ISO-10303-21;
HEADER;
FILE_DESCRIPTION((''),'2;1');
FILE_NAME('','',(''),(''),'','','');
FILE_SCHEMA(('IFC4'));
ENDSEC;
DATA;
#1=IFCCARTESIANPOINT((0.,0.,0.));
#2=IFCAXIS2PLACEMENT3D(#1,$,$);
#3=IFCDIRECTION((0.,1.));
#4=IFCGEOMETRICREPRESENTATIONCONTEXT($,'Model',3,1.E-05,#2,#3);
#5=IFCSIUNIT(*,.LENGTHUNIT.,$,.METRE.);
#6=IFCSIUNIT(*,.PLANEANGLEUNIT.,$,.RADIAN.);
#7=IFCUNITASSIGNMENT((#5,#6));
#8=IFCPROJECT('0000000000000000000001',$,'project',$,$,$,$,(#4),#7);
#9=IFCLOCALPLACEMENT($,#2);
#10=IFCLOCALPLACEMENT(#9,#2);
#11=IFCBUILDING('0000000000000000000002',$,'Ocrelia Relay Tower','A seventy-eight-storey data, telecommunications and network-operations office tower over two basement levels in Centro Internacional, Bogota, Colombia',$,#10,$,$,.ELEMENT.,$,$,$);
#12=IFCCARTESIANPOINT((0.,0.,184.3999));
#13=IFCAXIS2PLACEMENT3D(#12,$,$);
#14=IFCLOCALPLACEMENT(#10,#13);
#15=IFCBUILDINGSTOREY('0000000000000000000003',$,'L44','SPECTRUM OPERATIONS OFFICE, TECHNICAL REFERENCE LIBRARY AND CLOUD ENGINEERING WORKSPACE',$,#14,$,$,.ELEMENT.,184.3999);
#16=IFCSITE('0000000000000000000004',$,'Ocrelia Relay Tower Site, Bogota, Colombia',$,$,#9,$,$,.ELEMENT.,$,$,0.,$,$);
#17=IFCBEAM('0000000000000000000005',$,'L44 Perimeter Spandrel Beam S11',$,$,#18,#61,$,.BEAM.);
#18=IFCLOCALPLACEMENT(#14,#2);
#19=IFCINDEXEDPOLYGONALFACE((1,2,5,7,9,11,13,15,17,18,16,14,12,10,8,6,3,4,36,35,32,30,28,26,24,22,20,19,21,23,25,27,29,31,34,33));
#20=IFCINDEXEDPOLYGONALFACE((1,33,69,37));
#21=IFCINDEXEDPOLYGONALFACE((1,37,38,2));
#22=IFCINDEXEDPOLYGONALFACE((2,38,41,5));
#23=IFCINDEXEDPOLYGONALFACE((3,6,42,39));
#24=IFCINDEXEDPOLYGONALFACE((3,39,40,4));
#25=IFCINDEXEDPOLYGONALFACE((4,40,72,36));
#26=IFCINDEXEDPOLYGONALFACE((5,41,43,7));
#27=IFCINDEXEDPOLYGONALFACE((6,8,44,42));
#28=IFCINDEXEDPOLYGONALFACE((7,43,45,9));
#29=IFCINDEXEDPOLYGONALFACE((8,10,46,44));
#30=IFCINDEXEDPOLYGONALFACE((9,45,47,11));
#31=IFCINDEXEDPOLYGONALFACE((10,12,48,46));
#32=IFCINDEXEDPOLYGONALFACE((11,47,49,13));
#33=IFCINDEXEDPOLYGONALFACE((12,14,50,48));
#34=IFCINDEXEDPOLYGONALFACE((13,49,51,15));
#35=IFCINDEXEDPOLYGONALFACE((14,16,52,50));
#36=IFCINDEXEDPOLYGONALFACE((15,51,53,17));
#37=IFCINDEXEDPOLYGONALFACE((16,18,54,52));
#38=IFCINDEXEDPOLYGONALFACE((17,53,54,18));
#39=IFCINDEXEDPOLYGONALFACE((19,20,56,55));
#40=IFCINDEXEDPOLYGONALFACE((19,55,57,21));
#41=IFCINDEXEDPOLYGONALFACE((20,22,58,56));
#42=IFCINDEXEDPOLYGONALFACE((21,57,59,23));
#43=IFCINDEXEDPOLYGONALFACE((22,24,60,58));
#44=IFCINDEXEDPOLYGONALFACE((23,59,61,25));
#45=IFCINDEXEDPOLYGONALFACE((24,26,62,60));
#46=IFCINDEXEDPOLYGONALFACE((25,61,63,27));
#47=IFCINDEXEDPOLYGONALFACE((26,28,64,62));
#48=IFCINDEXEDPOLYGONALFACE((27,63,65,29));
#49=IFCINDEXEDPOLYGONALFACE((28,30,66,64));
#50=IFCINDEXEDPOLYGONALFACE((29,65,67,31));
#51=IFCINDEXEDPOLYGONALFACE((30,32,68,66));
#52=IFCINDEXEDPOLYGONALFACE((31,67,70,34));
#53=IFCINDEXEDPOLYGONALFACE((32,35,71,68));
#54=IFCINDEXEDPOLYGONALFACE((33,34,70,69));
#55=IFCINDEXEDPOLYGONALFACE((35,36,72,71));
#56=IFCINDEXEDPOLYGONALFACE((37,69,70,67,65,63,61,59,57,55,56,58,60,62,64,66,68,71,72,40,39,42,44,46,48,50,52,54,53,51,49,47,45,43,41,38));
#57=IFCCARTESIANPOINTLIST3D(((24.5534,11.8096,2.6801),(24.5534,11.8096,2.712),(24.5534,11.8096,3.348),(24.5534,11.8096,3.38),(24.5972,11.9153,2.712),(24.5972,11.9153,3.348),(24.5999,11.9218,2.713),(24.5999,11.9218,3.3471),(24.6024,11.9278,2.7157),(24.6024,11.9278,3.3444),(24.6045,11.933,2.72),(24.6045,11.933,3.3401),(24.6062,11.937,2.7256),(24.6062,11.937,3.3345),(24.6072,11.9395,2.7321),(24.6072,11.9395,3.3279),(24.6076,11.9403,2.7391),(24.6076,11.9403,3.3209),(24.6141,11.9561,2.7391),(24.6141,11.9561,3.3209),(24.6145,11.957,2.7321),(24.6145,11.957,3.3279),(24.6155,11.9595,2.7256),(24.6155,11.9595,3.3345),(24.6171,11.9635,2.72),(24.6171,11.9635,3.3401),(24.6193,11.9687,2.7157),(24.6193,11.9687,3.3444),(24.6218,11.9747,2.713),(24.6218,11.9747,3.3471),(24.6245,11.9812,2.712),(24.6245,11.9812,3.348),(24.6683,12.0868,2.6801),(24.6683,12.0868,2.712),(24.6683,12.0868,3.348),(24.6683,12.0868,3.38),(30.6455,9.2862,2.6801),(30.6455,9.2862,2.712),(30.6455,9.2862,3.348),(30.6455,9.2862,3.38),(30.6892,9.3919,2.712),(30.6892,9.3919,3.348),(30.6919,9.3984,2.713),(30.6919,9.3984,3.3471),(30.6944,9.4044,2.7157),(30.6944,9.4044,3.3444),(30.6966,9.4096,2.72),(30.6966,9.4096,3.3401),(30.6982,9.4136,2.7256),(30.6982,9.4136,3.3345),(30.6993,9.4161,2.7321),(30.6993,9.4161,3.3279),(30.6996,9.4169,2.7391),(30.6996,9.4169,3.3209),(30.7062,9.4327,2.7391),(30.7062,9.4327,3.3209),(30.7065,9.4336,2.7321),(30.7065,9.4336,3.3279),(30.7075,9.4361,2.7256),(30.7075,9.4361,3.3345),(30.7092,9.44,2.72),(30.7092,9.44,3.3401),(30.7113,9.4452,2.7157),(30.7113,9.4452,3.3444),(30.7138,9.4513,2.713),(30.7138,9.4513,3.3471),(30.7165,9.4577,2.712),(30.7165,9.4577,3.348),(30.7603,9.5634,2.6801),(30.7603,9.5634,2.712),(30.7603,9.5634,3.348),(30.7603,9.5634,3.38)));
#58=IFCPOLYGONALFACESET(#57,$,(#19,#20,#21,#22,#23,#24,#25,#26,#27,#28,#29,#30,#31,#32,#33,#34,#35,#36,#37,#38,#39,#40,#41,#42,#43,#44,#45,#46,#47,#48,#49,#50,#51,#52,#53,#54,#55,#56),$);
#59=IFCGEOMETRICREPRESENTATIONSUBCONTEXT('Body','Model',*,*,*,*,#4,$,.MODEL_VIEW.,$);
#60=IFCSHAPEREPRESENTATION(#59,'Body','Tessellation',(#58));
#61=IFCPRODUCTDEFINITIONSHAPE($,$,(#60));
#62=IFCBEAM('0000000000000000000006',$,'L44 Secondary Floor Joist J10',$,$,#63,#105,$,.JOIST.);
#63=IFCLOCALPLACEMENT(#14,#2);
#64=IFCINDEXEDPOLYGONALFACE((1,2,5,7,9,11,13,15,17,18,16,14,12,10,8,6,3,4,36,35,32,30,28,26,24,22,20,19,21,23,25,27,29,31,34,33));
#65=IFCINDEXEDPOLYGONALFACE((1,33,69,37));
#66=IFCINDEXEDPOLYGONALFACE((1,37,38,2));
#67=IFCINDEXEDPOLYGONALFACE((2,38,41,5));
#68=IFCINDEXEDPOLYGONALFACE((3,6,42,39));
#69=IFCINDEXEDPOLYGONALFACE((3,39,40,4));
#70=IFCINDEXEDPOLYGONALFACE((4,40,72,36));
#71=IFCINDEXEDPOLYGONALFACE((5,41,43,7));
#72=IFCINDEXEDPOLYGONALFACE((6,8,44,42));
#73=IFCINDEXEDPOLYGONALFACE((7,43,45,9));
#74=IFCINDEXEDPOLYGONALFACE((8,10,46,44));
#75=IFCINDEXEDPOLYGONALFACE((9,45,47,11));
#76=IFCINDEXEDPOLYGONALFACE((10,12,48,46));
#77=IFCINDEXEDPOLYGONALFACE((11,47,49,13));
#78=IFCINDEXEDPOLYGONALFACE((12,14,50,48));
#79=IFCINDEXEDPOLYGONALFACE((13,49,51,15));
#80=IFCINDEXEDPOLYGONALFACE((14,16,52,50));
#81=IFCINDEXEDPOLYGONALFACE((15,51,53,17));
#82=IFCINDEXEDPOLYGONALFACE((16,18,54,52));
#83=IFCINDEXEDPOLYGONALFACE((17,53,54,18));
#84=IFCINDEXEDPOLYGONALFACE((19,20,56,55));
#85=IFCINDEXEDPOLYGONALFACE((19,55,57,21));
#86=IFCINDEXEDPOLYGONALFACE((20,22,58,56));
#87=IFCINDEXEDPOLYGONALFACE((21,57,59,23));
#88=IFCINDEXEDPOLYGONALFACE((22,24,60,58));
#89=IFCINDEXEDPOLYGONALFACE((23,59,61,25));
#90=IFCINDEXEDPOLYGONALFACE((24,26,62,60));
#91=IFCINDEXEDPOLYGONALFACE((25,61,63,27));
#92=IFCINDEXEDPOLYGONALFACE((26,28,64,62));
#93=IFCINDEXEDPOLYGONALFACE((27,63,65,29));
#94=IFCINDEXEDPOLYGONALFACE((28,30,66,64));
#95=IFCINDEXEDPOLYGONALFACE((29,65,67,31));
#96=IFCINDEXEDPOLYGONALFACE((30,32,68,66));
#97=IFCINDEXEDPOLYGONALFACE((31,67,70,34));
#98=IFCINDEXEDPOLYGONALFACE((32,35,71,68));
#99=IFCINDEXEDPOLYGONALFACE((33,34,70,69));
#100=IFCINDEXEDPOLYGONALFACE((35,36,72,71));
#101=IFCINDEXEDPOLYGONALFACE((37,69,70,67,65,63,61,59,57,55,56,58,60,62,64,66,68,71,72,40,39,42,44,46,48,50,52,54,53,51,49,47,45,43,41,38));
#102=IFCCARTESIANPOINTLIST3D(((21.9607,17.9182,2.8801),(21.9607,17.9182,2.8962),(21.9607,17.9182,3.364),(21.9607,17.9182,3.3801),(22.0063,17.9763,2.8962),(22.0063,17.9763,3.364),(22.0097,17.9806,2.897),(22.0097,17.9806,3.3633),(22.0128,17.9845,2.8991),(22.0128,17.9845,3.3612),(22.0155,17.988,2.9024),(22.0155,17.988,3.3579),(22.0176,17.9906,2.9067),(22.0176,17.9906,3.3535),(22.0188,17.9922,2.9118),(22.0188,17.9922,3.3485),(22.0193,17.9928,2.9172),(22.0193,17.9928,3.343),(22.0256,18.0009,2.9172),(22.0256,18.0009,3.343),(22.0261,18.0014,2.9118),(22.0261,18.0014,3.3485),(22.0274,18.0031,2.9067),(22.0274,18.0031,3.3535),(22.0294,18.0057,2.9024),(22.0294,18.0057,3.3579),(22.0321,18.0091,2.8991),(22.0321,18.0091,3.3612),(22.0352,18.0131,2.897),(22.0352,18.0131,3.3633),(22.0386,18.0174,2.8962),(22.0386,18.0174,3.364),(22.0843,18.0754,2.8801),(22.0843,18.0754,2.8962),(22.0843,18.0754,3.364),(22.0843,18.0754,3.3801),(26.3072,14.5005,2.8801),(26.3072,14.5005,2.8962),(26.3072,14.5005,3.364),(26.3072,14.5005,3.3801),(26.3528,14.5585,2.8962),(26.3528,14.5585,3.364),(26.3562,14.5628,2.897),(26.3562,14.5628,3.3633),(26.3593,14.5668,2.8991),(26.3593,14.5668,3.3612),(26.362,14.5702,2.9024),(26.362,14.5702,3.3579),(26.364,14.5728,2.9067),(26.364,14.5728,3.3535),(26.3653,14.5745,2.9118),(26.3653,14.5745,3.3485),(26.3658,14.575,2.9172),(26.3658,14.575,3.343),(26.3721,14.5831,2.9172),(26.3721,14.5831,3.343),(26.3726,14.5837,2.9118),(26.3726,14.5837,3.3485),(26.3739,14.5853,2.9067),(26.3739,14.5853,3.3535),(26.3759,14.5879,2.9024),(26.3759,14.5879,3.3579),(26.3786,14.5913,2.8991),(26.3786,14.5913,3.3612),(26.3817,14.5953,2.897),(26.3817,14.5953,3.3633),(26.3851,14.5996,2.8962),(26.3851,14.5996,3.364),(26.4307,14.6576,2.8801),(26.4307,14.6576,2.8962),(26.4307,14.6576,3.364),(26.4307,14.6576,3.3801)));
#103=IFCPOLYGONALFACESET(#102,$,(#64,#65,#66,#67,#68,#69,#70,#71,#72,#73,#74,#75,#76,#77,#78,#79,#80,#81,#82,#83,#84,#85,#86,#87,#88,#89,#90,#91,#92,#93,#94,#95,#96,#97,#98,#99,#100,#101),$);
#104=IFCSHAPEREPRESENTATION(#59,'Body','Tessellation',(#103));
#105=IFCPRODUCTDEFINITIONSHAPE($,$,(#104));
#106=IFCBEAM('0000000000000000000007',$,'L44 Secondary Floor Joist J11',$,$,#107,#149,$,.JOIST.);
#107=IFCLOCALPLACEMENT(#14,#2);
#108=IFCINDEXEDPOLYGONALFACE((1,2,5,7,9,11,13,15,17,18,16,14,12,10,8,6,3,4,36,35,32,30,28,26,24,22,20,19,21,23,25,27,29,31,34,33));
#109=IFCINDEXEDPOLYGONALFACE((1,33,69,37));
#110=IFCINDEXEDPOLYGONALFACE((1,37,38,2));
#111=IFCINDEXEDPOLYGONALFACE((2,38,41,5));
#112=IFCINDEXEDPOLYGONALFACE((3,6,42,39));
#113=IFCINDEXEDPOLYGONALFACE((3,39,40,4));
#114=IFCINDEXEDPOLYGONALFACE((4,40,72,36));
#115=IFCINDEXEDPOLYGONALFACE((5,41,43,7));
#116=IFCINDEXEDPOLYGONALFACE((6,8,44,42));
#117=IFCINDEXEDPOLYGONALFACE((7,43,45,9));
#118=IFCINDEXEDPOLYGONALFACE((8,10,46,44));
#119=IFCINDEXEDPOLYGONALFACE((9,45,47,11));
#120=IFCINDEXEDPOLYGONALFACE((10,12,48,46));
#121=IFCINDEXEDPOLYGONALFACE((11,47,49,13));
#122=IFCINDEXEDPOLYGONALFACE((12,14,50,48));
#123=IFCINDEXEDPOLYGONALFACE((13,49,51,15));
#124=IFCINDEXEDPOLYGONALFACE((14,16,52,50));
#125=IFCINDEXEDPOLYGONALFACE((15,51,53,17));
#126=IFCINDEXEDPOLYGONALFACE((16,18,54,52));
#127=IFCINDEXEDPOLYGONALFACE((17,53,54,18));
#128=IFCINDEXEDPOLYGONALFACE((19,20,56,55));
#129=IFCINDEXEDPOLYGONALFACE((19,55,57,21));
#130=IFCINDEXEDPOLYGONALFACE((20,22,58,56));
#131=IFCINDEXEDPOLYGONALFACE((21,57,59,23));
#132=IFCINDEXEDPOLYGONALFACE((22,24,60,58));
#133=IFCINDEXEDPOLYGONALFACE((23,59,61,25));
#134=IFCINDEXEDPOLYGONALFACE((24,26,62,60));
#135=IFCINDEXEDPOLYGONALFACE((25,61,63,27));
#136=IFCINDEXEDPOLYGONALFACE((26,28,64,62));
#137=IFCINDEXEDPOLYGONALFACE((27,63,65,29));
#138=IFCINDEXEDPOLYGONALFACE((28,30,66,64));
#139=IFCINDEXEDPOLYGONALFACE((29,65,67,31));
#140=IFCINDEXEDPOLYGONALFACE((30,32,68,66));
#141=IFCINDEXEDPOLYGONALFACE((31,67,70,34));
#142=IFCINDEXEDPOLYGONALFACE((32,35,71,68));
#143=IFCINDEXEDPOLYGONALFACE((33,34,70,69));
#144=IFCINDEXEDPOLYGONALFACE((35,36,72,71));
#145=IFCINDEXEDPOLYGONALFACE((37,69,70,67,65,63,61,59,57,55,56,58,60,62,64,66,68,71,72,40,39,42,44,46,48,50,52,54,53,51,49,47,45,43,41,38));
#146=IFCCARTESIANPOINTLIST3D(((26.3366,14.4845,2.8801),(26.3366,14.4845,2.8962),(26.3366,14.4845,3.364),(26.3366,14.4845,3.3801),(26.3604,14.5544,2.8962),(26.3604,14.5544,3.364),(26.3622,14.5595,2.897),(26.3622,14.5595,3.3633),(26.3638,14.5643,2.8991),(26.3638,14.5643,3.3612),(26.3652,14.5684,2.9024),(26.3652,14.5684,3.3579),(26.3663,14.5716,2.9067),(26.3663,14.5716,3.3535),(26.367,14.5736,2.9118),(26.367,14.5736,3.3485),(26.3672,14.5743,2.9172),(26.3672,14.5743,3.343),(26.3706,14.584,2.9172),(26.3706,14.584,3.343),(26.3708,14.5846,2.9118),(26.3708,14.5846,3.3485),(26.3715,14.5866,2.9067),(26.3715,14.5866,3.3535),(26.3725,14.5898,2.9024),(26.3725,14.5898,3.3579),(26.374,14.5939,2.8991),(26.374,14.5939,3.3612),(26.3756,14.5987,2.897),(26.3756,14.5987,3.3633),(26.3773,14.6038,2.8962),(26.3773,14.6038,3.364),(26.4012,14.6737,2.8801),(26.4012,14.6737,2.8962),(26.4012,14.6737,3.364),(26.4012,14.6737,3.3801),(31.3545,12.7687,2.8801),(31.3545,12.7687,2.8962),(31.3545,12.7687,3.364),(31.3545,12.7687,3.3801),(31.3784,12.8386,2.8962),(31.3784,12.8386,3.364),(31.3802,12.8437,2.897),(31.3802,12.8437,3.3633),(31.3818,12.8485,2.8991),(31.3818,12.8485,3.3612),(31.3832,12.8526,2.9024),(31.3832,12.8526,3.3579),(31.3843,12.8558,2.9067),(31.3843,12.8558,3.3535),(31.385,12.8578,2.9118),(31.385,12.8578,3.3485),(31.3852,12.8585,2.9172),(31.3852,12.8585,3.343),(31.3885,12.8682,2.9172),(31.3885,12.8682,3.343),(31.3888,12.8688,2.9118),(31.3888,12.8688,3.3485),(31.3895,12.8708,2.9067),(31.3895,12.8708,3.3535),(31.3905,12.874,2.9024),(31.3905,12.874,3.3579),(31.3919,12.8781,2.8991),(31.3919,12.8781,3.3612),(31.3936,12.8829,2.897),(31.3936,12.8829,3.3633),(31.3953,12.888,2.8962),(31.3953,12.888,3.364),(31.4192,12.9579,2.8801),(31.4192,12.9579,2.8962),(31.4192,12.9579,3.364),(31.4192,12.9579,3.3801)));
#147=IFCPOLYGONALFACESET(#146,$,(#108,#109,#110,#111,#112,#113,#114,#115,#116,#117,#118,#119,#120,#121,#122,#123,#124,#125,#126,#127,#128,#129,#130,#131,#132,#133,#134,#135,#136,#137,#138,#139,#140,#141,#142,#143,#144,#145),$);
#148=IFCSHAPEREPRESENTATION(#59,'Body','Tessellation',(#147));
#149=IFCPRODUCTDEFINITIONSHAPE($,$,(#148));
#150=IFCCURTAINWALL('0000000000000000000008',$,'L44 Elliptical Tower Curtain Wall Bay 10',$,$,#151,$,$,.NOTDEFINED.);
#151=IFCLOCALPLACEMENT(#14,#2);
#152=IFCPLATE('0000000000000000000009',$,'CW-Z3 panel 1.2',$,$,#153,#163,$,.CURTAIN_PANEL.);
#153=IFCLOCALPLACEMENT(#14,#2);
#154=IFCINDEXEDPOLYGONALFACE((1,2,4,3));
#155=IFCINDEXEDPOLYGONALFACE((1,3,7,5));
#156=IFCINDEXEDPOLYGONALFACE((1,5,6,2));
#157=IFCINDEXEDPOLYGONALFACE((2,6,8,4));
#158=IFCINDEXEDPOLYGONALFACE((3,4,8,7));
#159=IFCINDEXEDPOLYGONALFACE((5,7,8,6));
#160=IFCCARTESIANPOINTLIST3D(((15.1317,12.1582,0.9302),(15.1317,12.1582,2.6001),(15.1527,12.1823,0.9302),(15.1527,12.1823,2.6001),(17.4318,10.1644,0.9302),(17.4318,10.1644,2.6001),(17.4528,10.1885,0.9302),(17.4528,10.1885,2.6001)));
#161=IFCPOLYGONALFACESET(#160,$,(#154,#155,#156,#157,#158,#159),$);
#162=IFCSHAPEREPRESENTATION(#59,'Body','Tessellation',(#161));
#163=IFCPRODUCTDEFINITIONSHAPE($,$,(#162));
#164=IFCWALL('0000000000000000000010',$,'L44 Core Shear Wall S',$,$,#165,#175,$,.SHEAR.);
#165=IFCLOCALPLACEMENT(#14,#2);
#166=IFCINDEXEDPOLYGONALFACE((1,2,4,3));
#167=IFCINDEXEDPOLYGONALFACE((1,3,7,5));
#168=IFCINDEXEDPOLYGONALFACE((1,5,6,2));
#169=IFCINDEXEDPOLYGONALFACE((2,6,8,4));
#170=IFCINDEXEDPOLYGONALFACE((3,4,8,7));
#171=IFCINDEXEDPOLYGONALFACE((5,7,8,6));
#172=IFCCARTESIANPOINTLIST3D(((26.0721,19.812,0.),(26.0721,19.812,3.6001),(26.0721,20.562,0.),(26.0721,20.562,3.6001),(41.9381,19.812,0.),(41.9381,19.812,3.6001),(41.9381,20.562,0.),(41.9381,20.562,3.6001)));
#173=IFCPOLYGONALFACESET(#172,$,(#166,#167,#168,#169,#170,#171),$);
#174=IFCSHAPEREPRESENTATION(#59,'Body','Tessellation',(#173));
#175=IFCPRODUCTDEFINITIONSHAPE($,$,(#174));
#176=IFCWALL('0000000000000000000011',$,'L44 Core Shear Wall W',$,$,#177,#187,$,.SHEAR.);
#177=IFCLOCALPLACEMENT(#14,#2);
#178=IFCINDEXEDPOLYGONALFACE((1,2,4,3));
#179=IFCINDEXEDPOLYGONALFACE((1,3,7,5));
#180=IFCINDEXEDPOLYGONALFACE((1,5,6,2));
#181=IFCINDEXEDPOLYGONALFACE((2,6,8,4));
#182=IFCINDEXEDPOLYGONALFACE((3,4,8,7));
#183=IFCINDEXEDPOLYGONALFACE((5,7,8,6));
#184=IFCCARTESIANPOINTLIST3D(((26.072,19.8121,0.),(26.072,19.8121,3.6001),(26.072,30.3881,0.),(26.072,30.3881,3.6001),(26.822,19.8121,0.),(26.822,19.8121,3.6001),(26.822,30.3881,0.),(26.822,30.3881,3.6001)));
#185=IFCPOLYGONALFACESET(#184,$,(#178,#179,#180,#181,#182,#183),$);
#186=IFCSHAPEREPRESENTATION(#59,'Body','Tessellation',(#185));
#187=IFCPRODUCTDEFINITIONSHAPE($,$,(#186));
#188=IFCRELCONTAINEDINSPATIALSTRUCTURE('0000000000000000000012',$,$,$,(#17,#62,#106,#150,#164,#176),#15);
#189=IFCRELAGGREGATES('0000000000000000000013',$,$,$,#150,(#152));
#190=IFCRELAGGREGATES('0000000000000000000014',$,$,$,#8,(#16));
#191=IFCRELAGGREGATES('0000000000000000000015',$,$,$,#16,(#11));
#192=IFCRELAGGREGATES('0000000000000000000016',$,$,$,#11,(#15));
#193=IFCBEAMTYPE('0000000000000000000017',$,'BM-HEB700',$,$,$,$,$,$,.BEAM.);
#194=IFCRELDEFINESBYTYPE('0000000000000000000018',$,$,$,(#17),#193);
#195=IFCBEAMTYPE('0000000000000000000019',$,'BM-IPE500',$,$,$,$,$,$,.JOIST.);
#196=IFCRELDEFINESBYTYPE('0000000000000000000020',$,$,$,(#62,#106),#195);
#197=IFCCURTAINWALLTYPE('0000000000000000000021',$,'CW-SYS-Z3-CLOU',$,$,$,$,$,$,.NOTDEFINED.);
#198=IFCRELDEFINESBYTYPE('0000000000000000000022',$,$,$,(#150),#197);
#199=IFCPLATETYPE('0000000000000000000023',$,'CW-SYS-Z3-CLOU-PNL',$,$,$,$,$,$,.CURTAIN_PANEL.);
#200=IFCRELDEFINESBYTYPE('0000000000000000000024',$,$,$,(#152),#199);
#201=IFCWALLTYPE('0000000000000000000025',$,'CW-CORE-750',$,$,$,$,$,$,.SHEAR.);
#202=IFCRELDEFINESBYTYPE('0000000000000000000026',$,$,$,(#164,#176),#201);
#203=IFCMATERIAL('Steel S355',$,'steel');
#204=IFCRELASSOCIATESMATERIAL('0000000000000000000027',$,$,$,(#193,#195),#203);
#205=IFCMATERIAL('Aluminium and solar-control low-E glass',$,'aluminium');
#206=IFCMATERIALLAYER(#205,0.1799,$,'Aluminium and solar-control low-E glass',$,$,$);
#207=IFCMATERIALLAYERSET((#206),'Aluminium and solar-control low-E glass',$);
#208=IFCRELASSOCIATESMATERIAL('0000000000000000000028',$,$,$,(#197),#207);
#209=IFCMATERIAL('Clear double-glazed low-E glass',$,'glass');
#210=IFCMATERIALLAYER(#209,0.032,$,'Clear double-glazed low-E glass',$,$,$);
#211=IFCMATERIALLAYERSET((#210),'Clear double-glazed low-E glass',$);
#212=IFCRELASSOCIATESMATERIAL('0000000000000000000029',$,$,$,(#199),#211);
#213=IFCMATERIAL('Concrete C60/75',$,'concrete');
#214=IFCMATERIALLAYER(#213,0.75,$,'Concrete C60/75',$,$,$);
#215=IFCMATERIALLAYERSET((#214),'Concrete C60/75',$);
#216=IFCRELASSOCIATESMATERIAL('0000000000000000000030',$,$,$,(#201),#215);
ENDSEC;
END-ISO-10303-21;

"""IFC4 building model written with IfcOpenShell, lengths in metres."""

from ifc_helpers import new_model, si_unit, direction, frame, frame_2d, origin, origin_2d, place, context, subcontext, project, spatial, rectangle, i_section, extrude, material, layer, layer_set, material_profile, profile_set, type_object, element, aggregate, save


model = new_model("IFC4")

# Units and contexts
model_context = context("Model", 3, precision=1e-05, world=origin(), true_north=direction((0.0, 1.0)))
body_context = subcontext(model_context, "Body", "Model", "MODEL_VIEW")
ifc_project = project(units=[si_unit("LENGTHUNIT", "METRE"), si_unit("PLANEANGLEUNIT", "RADIAN")], contexts=[model_context])

# Site, building, storey
site_placement = place(None, origin())
site = spatial("IfcSite", under=ifc_project, at=site_placement, Name="Ocrelia Relay Tower Site, Bogota, Colombia", CompositionType="ELEMENT", RefElevation=0.0)
building_placement = place(site_placement, origin())
building = spatial("IfcBuilding", under=site, at=building_placement, Name="Ocrelia Relay Tower", Description="A seventy-eight-storey data, telecommunications and network-operations office tower over two basement levels in Centro Internacional, Bogota, Colombia", CompositionType="ELEMENT")
storey_placement = place(building_placement, frame((0.0, 0.0, 184.3999)))
storey = spatial("IfcBuildingStorey", under=building, at=storey_placement, Name="L44", Description="SPECTRUM OPERATIONS OFFICE, TECHNICAL REFERENCE LIBRARY AND CLOUD ENGINEERING WORKSPACE", CompositionType="ELEMENT", Elevation=184.3999)

# Shared definitions
ifc_material_1 = material(Name="Concrete C60/75", Category="concrete")

# Beams
ifc_material_2 = material(Name="Steel S355", Category="steel")
ifc_material_profile_1 = material_profile(ifc_material_2, i_section(OverallWidth=0.3, OverallDepth=0.7, WebThickness=0.0171, FlangeThickness=0.032, FilletRadius=0.0271, at=origin_2d()), Name="HEB 700")
ifc_profile_set_1 = profile_set([ifc_material_profile_1], Name="Steel S355")
beam_type_1 = type_object("IfcBeamType", Name="BM-HEB700", PredefinedType="BEAM", material=ifc_profile_set_1)
for number, where, z_axis, x_axis, name in (
    (1, (24.6108, 11.9482, 3.03), (0.923878, -0.382688, 0.0), (0.382688, 0.923878, 0.0), "L44 Perimeter Spandrel Beam S11"),
):
    element("IfcBeam", number, at=place(storey_placement, frame(where, z_axis=z_axis, x_axis=x_axis)), inside=storey, type_object=beam_type_1, Name=name, PredefinedType="BEAM", context=body_context, shape_type="SweptSolid", body=[
        extrude(i_section(OverallWidth=0.3, OverallDepth=0.7, WebThickness=0.0171, FlangeThickness=0.032, FilletRadius=0.0271, at=origin_2d()), origin(), (0.0, 0.0, 1.0), 6.594),
    ])
ifc_material_profile_2 = material_profile(ifc_material_2, i_section(OverallWidth=0.2, OverallDepth=0.5, WebThickness=0.0103, FlangeThickness=0.0161, FilletRadius=0.021, at=origin_2d()), Name="IPE 500")
ifc_profile_set_2 = profile_set([ifc_material_profile_2], Name="Steel S355")
beam_type_2 = type_object("IfcBeamType", Name="BM-IPE500", PredefinedType="JOIST", material=ifc_profile_set_2)
beam_1_placement = place(storey_placement, frame((22.0225, 17.9968, 3.1301), z_axis=(0.786084, -0.61812, 0.0), x_axis=(0.61812, 0.786084, 0.0)))
element("IfcBeam", 2, at=beam_1_placement, inside=storey, type_object=beam_type_2, Name="L44 Secondary Floor Joist J10", PredefinedType="JOIST", context=body_context, shape_type="SweptSolid", body=[
    extrude(i_section(OverallWidth=0.2, OverallDepth=0.5, WebThickness=0.0103, FlangeThickness=0.0161, FilletRadius=0.021, at=origin_2d()), origin(), (0.0, 0.0, 1.0), 5.5293),
])
beam_2_placement = place(storey_placement, frame((26.3689, 14.5791, 3.1301), z_axis=(0.946215, -0.323538, 0.0), x_axis=(0.323538, 0.946215, 0.0)))
element("IfcBeam", 3, at=beam_2_placement, inside=storey, type_object=beam_type_2, Name="L44 Secondary Floor Joist J11", PredefinedType="JOIST", context=body_context, shape_type="SweptSolid", body=[
    extrude(i_section(OverallWidth=0.2, OverallDepth=0.5, WebThickness=0.0103, FlangeThickness=0.0161, FilletRadius=0.021, at=origin_2d()), origin(), (0.0, 0.0, 1.0), 5.3032),
])

# Curtain wall, plate
ifc_material_3 = material(Name="Aluminium and solar-control low-E glass", Category="aluminium")
ifc_layer_1 = layer(ifc_material_3, 0.1799, Name="Aluminium and solar-control low-E glass")
ifc_layer_set_1 = layer_set([ifc_layer_1], Name="Aluminium and solar-control low-E glass")
curtain_wall_type = type_object("IfcCurtainWallType", Name="CW-SYS-Z3-CLOU", PredefinedType="NOTDEFINED", material=ifc_layer_set_1)
curtain_wall_placement = place(storey_placement, origin())
curtain_wall = element("IfcCurtainWall", 4, at=curtain_wall_placement, inside=storey, type_object=curtain_wall_type, Name="L44 Elliptical Tower Curtain Wall Bay 10", PredefinedType="NOTDEFINED")
ifc_material_4 = material(Name="Clear double-glazed low-E glass", Category="glass")
ifc_layer_2 = layer(ifc_material_4, 0.032, Name="Clear double-glazed low-E glass")
ifc_layer_set_2 = layer_set([ifc_layer_2], Name="Clear double-glazed low-E glass")
plate_type = type_object("IfcPlateType", Name="CW-SYS-Z3-CLOU-PNL", PredefinedType="CURTAIN_PANEL", material=ifc_layer_set_2)
plate_placement = place(storey_placement, frame((16.2922, 11.1733, 0.9302), z_axis=(0.0, 0.0, 1.0), x_axis=(0.755627, -0.655002, 0.0)))
plate = element("IfcPlate", 5, at=plate_placement, type_object=plate_type, Name="CW-Z3 panel 1.2", PredefinedType="CURTAIN_PANEL", context=body_context, shape_type="SweptSolid", body=[
    extrude(rectangle(XDim=3.0439, YDim=0.032, at=origin_2d()), origin(), (0.0, 0.0, 1.0), 1.6699),
])
aggregate(curtain_wall, [plate])

# Walls
ifc_layer_3 = layer(ifc_material_1, 0.75, Name="Concrete C60/75")
ifc_layer_set_3 = layer_set([ifc_layer_3], Name="Concrete C60/75")
wall_type_1 = type_object("IfcWallType", Name="CW-CORE-750", PredefinedType="SHEAR", material=ifc_layer_set_3)
wall_1_placement = place(storey_placement, frame((26.072, 20.187, 0.0), z_axis=(0.0, 0.0, 1.0), x_axis=(1.0, 0.0, 0.0)))
element("IfcWall", 6, at=wall_1_placement, inside=storey, type_object=wall_type_1, Name="L44 Core Shear Wall S", PredefinedType="SHEAR", context=body_context, shape_type="SweptSolid", body=[
    extrude(rectangle(XDim=15.866, YDim=0.75, at=frame_2d((7.9331, 0.0))), origin(), (0.0, 0.0, 1.0), 3.6001),
])
wall_2_placement = place(storey_placement, frame((26.447, 19.812, 0.0), z_axis=(0.0, 0.0, 1.0), x_axis=(0.0, 1.0, 0.0)))
element("IfcWall", 7, at=wall_2_placement, inside=storey, type_object=wall_type_1, Name="L44 Core Shear Wall W", PredefinedType="SHEAR", context=body_context, shape_type="SweptSolid", body=[
    extrude(rectangle(XDim=10.5759, YDim=0.75, at=frame_2d((5.2881, 0.0))), origin(), (0.0, 0.0, 1.0), 3.6001),
])

save(model, "model.ifc")
